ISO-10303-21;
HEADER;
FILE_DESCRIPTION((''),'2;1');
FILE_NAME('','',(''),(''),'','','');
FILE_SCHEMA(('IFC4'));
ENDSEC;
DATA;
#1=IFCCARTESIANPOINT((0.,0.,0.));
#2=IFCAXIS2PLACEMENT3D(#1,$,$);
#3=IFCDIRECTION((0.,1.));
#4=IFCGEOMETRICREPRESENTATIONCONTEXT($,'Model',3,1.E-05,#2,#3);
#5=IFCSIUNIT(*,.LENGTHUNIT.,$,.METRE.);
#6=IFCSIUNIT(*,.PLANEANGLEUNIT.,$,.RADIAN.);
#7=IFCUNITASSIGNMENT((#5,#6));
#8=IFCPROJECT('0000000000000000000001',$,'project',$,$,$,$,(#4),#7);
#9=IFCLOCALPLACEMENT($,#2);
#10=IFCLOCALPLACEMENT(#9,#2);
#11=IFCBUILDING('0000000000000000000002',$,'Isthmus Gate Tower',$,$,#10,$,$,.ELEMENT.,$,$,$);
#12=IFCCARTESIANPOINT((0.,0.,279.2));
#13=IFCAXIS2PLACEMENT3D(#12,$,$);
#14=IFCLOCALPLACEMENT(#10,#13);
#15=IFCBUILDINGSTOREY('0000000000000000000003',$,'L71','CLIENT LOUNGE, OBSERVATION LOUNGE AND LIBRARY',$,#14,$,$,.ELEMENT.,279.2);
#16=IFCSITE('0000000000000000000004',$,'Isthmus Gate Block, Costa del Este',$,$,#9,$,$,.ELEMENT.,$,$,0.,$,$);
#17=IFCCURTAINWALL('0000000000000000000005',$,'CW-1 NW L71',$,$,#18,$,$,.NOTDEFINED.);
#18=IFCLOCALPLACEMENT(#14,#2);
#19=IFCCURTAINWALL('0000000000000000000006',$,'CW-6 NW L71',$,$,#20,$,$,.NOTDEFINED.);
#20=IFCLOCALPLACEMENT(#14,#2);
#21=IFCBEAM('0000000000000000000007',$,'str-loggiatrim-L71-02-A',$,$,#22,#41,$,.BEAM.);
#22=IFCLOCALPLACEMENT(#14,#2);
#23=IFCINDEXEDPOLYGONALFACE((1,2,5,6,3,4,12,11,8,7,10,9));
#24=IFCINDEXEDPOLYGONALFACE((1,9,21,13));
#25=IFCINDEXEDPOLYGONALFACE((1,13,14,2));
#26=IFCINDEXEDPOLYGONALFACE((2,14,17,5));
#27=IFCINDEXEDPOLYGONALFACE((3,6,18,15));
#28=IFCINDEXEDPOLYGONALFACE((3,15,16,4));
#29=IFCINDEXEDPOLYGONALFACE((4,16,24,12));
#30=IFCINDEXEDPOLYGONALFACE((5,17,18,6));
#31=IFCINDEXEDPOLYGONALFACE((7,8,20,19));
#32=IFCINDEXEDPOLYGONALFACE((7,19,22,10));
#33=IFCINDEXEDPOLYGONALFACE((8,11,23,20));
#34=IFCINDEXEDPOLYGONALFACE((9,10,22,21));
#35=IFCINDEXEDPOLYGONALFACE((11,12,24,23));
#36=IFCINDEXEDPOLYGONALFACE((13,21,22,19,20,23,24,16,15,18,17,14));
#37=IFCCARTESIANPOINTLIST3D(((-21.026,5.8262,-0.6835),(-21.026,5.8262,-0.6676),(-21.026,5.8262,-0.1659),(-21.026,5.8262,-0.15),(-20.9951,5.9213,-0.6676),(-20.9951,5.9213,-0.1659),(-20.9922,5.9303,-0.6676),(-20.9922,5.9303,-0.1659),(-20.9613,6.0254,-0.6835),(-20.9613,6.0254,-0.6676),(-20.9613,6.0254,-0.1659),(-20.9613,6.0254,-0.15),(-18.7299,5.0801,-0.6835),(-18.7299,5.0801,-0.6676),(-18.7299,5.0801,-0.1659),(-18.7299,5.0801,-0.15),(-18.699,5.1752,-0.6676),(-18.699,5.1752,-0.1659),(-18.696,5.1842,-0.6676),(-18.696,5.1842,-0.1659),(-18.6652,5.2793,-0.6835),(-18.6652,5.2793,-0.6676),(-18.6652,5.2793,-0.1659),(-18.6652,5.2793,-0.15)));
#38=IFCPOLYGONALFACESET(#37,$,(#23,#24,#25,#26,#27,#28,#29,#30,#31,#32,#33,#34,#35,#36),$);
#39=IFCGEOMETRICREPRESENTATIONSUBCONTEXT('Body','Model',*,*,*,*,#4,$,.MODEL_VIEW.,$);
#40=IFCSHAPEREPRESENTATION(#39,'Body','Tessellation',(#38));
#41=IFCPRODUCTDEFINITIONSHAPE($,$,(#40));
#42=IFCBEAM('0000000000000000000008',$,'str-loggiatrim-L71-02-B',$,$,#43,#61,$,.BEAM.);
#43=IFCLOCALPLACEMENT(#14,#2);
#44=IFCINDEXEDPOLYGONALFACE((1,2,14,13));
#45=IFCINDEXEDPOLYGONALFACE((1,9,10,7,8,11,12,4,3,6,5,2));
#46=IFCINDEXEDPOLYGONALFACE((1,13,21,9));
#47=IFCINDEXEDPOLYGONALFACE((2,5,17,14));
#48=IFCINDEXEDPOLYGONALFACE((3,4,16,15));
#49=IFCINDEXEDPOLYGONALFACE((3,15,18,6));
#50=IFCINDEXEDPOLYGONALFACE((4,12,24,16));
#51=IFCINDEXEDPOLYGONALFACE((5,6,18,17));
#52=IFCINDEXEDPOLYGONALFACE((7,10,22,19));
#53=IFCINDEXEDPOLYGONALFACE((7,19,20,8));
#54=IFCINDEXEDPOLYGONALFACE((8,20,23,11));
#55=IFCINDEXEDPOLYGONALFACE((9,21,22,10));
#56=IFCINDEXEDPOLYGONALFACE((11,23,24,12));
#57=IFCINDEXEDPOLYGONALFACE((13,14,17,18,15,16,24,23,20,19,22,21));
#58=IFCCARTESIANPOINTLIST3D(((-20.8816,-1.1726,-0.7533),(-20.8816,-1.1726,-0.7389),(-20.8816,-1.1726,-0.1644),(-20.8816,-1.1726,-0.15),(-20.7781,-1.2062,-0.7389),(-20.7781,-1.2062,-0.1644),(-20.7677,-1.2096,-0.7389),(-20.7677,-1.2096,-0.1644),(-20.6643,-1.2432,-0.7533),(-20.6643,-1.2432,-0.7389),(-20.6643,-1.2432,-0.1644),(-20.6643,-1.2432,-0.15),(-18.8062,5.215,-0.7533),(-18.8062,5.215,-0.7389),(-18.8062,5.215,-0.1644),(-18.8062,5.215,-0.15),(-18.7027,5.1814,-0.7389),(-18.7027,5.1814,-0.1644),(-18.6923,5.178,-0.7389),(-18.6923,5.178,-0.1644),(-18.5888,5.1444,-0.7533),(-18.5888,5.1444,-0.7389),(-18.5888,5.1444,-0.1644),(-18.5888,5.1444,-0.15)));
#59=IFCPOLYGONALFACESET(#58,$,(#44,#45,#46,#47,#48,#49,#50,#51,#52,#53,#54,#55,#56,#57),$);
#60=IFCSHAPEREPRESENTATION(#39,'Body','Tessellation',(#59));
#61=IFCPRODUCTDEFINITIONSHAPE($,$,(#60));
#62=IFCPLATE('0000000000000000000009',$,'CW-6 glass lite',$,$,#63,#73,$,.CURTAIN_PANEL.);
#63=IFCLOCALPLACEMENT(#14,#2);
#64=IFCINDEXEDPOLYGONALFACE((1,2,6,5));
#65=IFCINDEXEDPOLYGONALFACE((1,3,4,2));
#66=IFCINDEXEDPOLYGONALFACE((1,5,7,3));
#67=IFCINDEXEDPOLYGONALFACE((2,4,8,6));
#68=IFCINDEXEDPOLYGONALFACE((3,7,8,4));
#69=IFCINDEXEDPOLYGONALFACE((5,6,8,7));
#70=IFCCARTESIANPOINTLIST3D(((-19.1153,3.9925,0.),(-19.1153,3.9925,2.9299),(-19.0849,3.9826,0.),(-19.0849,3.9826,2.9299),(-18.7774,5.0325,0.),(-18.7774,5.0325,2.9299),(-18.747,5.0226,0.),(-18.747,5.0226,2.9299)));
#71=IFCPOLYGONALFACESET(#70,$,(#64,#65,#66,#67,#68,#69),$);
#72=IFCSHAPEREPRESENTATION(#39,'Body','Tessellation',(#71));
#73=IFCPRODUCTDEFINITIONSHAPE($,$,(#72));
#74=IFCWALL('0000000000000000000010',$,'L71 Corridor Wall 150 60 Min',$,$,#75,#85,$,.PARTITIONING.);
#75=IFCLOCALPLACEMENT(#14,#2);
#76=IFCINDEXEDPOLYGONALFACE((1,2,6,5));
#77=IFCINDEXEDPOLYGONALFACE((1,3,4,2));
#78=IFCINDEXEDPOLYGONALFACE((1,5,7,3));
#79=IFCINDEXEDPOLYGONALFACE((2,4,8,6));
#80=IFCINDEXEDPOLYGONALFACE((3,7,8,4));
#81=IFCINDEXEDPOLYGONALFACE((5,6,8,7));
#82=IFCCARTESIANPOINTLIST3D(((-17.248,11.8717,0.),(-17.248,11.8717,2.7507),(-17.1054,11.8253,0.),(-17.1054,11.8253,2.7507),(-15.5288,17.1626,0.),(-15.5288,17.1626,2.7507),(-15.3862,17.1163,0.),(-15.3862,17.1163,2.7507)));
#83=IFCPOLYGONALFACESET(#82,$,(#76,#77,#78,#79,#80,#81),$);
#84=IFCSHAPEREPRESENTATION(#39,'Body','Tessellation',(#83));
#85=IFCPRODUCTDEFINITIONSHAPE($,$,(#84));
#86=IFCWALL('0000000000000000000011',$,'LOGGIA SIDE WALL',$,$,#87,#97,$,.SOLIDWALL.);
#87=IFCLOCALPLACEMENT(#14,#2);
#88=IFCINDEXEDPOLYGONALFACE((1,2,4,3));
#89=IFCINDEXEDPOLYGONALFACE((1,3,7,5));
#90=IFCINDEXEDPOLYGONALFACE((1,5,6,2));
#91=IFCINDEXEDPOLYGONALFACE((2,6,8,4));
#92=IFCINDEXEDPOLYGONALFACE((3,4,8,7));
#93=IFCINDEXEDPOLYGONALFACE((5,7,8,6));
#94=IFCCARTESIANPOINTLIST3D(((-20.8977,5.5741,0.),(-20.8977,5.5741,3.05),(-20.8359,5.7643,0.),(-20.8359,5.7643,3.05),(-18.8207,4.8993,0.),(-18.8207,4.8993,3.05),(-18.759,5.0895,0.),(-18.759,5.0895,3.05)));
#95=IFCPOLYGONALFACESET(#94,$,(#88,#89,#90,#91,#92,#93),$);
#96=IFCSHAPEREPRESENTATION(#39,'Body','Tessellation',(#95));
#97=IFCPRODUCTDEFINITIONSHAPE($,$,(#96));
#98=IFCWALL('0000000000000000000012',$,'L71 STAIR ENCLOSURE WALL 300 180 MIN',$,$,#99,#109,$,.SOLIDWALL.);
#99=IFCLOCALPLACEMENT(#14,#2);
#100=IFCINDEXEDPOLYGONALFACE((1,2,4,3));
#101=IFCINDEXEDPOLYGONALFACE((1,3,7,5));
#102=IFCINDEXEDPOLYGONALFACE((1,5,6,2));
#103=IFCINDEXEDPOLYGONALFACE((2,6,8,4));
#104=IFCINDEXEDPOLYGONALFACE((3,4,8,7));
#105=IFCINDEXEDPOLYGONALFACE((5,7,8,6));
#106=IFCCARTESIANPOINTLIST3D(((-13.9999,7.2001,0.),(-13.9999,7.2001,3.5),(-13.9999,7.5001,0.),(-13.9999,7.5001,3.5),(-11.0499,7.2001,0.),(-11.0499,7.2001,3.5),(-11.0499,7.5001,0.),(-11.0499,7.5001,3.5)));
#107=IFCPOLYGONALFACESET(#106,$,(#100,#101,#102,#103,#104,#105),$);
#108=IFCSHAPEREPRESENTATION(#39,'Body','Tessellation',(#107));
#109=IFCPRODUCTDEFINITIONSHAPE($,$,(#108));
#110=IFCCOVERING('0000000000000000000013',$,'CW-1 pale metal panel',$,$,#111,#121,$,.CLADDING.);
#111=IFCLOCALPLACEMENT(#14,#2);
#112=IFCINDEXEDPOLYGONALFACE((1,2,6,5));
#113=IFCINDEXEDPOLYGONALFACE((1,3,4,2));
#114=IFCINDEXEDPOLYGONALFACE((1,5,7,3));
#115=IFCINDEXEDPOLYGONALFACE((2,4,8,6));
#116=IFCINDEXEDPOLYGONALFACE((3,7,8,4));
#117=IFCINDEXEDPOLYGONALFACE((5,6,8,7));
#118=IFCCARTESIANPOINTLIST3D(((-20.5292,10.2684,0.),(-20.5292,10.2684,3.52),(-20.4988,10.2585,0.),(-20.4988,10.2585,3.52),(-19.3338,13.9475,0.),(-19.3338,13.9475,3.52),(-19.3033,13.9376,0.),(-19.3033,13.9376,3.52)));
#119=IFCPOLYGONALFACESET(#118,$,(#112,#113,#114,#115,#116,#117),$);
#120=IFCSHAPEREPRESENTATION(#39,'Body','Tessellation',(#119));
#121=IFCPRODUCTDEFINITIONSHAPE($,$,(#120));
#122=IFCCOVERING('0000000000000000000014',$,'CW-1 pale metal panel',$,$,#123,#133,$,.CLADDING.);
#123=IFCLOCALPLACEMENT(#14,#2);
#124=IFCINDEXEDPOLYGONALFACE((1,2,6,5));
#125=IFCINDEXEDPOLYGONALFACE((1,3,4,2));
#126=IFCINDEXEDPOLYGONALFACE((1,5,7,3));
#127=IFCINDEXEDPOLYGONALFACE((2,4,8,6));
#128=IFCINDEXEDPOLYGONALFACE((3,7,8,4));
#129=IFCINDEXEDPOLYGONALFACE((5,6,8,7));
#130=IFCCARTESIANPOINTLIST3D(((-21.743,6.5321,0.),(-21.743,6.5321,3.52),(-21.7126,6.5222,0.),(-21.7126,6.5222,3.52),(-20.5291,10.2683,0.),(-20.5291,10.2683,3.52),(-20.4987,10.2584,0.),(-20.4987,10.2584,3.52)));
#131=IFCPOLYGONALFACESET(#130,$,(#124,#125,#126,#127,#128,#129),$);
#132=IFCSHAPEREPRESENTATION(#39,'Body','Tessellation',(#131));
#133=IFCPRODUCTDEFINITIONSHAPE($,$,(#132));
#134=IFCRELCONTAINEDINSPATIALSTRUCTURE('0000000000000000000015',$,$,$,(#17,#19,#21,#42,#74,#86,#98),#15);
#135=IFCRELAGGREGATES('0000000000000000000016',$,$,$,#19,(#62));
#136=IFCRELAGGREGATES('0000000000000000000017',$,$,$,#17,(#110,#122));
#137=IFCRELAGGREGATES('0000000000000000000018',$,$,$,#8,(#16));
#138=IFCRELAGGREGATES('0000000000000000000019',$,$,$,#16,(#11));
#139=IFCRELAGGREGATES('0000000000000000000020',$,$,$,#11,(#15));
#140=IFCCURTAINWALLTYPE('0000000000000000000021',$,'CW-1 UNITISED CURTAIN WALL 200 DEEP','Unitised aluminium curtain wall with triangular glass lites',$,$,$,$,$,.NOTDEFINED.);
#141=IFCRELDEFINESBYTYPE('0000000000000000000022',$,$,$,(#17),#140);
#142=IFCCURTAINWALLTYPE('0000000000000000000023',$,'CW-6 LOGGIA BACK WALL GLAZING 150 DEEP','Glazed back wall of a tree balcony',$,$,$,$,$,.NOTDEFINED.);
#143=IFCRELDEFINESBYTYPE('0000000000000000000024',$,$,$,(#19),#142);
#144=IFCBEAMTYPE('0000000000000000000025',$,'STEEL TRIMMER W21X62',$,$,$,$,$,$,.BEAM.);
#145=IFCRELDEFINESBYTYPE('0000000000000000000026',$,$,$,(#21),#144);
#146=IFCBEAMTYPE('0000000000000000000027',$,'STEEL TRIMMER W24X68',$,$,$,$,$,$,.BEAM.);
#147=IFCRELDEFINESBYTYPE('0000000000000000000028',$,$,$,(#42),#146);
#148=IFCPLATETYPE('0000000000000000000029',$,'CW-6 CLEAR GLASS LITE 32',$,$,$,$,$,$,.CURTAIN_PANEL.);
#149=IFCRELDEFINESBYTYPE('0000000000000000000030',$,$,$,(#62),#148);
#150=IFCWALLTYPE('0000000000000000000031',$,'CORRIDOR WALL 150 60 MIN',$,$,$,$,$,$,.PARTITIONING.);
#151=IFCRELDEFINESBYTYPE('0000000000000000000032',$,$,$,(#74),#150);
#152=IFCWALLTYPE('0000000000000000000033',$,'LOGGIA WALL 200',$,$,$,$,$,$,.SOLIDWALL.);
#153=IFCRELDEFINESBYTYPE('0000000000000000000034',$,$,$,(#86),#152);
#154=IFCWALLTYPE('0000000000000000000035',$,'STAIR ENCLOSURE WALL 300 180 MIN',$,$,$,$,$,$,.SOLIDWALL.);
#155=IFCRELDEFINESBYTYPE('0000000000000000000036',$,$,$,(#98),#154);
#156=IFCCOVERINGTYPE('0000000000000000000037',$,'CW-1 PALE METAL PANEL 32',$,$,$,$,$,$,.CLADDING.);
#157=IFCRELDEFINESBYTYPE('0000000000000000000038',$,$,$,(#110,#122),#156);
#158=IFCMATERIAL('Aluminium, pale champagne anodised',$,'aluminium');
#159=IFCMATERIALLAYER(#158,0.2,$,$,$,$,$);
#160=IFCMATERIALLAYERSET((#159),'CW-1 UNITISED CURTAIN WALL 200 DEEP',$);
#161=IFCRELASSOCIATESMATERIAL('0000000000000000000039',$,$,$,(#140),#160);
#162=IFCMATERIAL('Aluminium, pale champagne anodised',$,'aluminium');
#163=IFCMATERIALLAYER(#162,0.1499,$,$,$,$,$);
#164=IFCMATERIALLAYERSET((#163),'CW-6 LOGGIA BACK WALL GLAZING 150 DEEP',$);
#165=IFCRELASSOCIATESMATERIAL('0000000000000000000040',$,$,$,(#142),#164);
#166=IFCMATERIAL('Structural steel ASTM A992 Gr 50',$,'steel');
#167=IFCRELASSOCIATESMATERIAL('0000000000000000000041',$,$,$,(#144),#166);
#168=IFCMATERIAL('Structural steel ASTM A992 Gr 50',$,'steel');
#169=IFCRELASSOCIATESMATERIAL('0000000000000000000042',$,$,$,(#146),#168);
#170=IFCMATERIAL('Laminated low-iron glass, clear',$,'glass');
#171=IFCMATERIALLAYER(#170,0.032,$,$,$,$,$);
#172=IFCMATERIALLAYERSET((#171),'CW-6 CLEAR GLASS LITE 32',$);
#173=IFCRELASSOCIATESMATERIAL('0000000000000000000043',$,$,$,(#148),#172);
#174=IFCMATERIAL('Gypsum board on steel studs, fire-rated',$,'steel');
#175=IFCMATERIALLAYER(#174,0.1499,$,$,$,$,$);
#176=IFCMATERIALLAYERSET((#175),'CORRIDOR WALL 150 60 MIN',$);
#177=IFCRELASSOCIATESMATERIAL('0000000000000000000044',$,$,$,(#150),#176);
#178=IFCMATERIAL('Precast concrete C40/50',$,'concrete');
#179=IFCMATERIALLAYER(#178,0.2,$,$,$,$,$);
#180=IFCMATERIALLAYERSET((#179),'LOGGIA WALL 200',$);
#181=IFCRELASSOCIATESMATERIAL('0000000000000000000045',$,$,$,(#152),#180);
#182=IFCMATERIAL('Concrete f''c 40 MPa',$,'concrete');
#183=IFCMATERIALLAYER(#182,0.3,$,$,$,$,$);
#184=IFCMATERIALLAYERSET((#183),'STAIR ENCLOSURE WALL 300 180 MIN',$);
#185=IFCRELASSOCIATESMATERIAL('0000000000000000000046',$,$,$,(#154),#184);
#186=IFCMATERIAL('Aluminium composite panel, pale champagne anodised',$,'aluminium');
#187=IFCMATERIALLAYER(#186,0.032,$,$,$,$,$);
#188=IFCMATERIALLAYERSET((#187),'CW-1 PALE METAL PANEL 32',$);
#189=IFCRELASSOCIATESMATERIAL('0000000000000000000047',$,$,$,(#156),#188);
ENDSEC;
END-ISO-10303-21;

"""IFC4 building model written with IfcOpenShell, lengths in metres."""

from ifc_helpers import new_model, si_unit, direction, frame, frame_2d, origin, origin_2d, place, context, subcontext, project, spatial, rectangle, i_section, extrude, material, layer, layer_set, material_profile, profile_set, type_object, element, aggregate, save


model = new_model("IFC4")

# Units and contexts
model_context = context("Model", 3, precision=1e-05, world=origin(), true_north=direction((0.0, 1.0)))
body_context = subcontext(model_context, "Body", "Model", "MODEL_VIEW")
ifc_project = project(units=[si_unit("LENGTHUNIT", "METRE"), si_unit("PLANEANGLEUNIT", "RADIAN")], contexts=[model_context])

# Site, building, storey
site_placement = place(None, origin())
site = spatial("IfcSite", under=ifc_project, at=site_placement, Name="Isthmus Gate Block, Costa del Este", CompositionType="ELEMENT", RefElevation=0.0)
building_placement = place(site_placement, origin())
building = spatial("IfcBuilding", under=site, at=building_placement, Name="Isthmus Gate Tower", CompositionType="ELEMENT")
storey_placement = place(building_placement, frame((0.0, 0.0, 279.2)))
storey = spatial("IfcBuildingStorey", under=building, at=storey_placement, Name="L71", Description="CLIENT LOUNGE, OBSERVATION LOUNGE AND LIBRARY", CompositionType="ELEMENT", Elevation=279.2)

# Curtain wall
ifc_material_1 = material(Name="Aluminium, pale champagne anodised", Category="aluminium")
ifc_layer_1 = layer(ifc_material_1, 0.2)
ifc_layer_set_1 = layer_set([ifc_layer_1], Name="CW-1 UNITISED CURTAIN WALL 200 DEEP")
curtain_wall_type_1 = type_object("IfcCurtainWallType", Name="CW-1 UNITISED CURTAIN WALL 200 DEEP", Description="Unitised aluminium curtain wall with triangular glass lites", PredefinedType="NOTDEFINED", material=ifc_layer_set_1)
curtain_wall_1_placement = place(storey_placement, origin())
curtain_wall_1 = element("IfcCurtainWall", 1, at=curtain_wall_1_placement, inside=storey, type_object=curtain_wall_type_1, Name="CW-1 NW L71", PredefinedType="NOTDEFINED")

# Curtain wall
ifc_material_2 = material(Name="Aluminium, pale champagne anodised", Category="aluminium")
ifc_layer_2 = layer(ifc_material_2, 0.1499)
ifc_layer_set_2 = layer_set([ifc_layer_2], Name="CW-6 LOGGIA BACK WALL GLAZING 150 DEEP")
curtain_wall_type_2 = type_object("IfcCurtainWallType", Name="CW-6 LOGGIA BACK WALL GLAZING 150 DEEP", Description="Glazed back wall of a tree balcony", PredefinedType="NOTDEFINED", material=ifc_layer_set_2)
curtain_wall_2_placement = place(storey_placement, origin())
curtain_wall_2 = element("IfcCurtainWall", 2, at=curtain_wall_2_placement, inside=storey, type_object=curtain_wall_type_2, Name="CW-6 NW L71", PredefinedType="NOTDEFINED")

# Beams
ifc_material_3 = material(Name="Structural steel ASTM A992 Gr 50", Category="steel")
ifc_material_profile_1 = material_profile(ifc_material_3, i_section(OverallWidth=0.2095, OverallDepth=0.5334, WebThickness=0.0095, FlangeThickness=0.0159, at=origin_2d()), Name="W21X62")
ifc_profile_set_1 = profile_set([ifc_material_profile_1], Name="Structural steel ASTM A992 Gr 50")
beam_type_1 = type_object("IfcBeamType", Name="STEEL TRIMMER W21X62", PredefinedType="BEAM", material=ifc_profile_set_1)
beam_1_placement = place(storey_placement, frame((-20.9937, 5.9258, -0.4167), z_axis=(0.951053, -0.309029, 0.0), x_axis=(0.309029, 0.951053, 0.0)))
element("IfcBeam", 3, at=beam_1_placement, inside=storey, type_object=beam_type_1, Name="str-loggiatrim-L71-02-A", PredefinedType="BEAM", context=body_context, shape_type="SweptSolid", body=[
    extrude(i_section(OverallWidth=0.2095, OverallDepth=0.5334, WebThickness=0.0095, FlangeThickness=0.0159, at=origin_2d()), origin(), (0.0, 0.0, 1.0), 2.4143),
])
ifc_material_4 = material(Name="Structural steel ASTM A992 Gr 50", Category="steel")
ifc_material_profile_2 = material_profile(ifc_material_4, i_section(OverallWidth=0.2285, OverallDepth=0.6033, WebThickness=0.011, FlangeThickness=0.0144, at=origin_2d()), Name="W24X68")
ifc_profile_set_2 = profile_set([ifc_material_profile_2], Name="Structural steel ASTM A992 Gr 50")
beam_type_2 = type_object("IfcBeamType", Name="STEEL TRIMMER W24X68", PredefinedType="BEAM", material=ifc_profile_set_2)
beam_2_placement = place(storey_placement, frame((-18.6975, 5.1797, -0.4517), z_axis=(-0.30901, -0.951059, 0.0), x_axis=(0.951059, -0.30901, 0.0)))
element("IfcBeam", 4, at=beam_2_placement, inside=storey, type_object=beam_type_2, Name="str-loggiatrim-L71-02-B", PredefinedType="BEAM", context=body_context, shape_type="SweptSolid", body=[
    extrude(i_section(OverallWidth=0.2285, OverallDepth=0.6033, WebThickness=0.011, FlangeThickness=0.0144, at=origin_2d()), origin(), (0.0, 0.0, 1.0), 6.7163),
])

# Plate
ifc_material_5 = material(Name="Laminated low-iron glass, clear", Category="glass")
ifc_layer_3 = layer(ifc_material_5, 0.032)
ifc_layer_set_3 = layer_set([ifc_layer_3], Name="CW-6 CLEAR GLASS LITE 32")
plate_type = type_object("IfcPlateType", Name="CW-6 CLEAR GLASS LITE 32", PredefinedType="CURTAIN_PANEL", material=ifc_layer_set_3)
plate_placement = place(storey_placement, frame((-18.9312, 4.5076, 0.0), z_axis=(0.0, 0.0, 1.0), x_axis=(-0.309017, -0.951057, 0.0)))
plate = element("IfcPlate", 5, at=plate_placement, type_object=plate_type, Name="CW-6 glass lite", PredefinedType="CURTAIN_PANEL", context=body_context, shape_type="SweptSolid", body=[
    extrude(rectangle(XDim=1.0935, YDim=0.032, at=origin_2d()), origin(), (0.0, 0.0, 1.0), 2.9299),
])
aggregate(curtain_wall_2, [plate])

# Wall
ifc_material_6 = material(Name="Gypsum board on steel studs, fire-rated", Category="steel")
ifc_layer_4 = layer(ifc_material_6, 0.1499)
ifc_layer_set_4 = layer_set([ifc_layer_4], Name="CORRIDOR WALL 150 60 MIN")
wall_type_1 = type_object("IfcWallType", Name="CORRIDOR WALL 150 60 MIN", PredefinedType="PARTITIONING", material=ifc_layer_set_4)
wall_1_placement = place(storey_placement, frame((-17.1768, 11.8484, 0.0), z_axis=(0.0, 0.0, 1.0), x_axis=(0.309031, 0.951052, 0.0)))
element("IfcWall", 6, at=wall_1_placement, inside=storey, type_object=wall_type_1, Name="L71 Corridor Wall 150 60 Min", PredefinedType="PARTITIONING", context=body_context, shape_type="SweptSolid", body=[
    extrude(rectangle(XDim=5.5632, YDim=0.1499, at=frame_2d((2.7817, 0.0))), origin(), (0.0, 0.0, 1.0), 2.7507),
])

# Shared definitions
ifc_material_7 = material(Name="Precast concrete C40/50", Category="concrete")
ifc_layer_5 = layer(ifc_material_7, 0.2)
ifc_layer_set_5 = layer_set([ifc_layer_5], Name="LOGGIA WALL 200")
wall_type_2 = type_object("IfcWallType", Name="LOGGIA WALL 200", PredefinedType="SOLIDWALL", material=ifc_layer_set_5)

# Walls
wall_2_placement = place(storey_placement, frame((-20.8667, 5.6692, 0.0), z_axis=(0.0, 0.0, 1.0), x_axis=(0.95106, -0.309008, 0.0)))
element("IfcWall", 7, at=wall_2_placement, inside=storey, type_object=wall_type_2, Name="LOGGIA SIDE WALL", PredefinedType="SOLIDWALL", context=body_context, shape_type="SweptSolid", body=[
    extrude(rectangle(XDim=2.1838, YDim=0.2, at=frame_2d((1.0918, 0.0))), origin(), (0.0, 0.0, 1.0), 3.05),
])
ifc_material_8 = material(Name="Concrete f'c 40 MPa", Category="concrete")
ifc_layer_6 = layer(ifc_material_8, 0.3)
ifc_layer_set_6 = layer_set([ifc_layer_6], Name="STAIR ENCLOSURE WALL 300 180 MIN")
wall_type_3 = type_object("IfcWallType", Name="STAIR ENCLOSURE WALL 300 180 MIN", PredefinedType="SOLIDWALL", material=ifc_layer_set_6)
wall_3_placement = place(storey_placement, frame((-14.0, 7.3501, 0.0), z_axis=(0.0, 0.0, 1.0), x_axis=(1.0, 0.0, 0.0)))
element("IfcWall", 8, at=wall_3_placement, inside=storey, type_object=wall_type_3, Name="L71 STAIR ENCLOSURE WALL 300 180 MIN", PredefinedType="SOLIDWALL", context=body_context, shape_type="SweptSolid", body=[
    extrude(rectangle(XDim=2.95, YDim=0.3, at=frame_2d((1.4751, 0.0))), origin(), (0.0, 0.0, 1.0), 3.5),
])

# Coverings
ifc_material_9 = material(Name="Aluminium composite panel, pale champagne anodised", Category="aluminium")
ifc_layer_7 = layer(ifc_material_9, 0.032)
ifc_layer_set_7 = layer_set([ifc_layer_7], Name="CW-1 PALE METAL PANEL 32")
covering_type = type_object("IfcCoveringType", Name="CW-1 PALE METAL PANEL 32", PredefinedType="CLADDING", material=ifc_layer_set_7)
covering_1_placement = place(storey_placement, frame((-19.9163, 12.103, 0.0), z_axis=(0.0, 0.0, 1.0), x_axis=(-0.309017, -0.951057, 0.0)))
covering_1 = element("IfcCovering", 9, at=covering_1_placement, type_object=covering_type, Name="CW-1 pale metal panel", PredefinedType="CLADDING", context=body_context, shape_type="SweptSolid", body=[
    extrude(rectangle(XDim=3.8684, YDim=0.032, at=origin_2d()), origin(), (0.0, 0.0, 1.0), 3.52),
])
covering_2_placement = place(storey_placement, frame((-21.1208, 8.3953, 0.0), z_axis=(0.0, 0.0, 1.0), x_axis=(-0.309017, -0.951057, 0.0)))
covering_2 = element("IfcCovering", 10, at=covering_2_placement, type_object=covering_type, Name="CW-1 pale metal panel", PredefinedType="CLADDING", context=body_context, shape_type="SweptSolid", body=[
    extrude(rectangle(XDim=3.9285, YDim=0.032, at=origin_2d()), origin(), (0.0, 0.0, 1.0), 3.52),
])
aggregate(curtain_wall_1, [covering_1, covering_2])

save(model, "model.ifc")
